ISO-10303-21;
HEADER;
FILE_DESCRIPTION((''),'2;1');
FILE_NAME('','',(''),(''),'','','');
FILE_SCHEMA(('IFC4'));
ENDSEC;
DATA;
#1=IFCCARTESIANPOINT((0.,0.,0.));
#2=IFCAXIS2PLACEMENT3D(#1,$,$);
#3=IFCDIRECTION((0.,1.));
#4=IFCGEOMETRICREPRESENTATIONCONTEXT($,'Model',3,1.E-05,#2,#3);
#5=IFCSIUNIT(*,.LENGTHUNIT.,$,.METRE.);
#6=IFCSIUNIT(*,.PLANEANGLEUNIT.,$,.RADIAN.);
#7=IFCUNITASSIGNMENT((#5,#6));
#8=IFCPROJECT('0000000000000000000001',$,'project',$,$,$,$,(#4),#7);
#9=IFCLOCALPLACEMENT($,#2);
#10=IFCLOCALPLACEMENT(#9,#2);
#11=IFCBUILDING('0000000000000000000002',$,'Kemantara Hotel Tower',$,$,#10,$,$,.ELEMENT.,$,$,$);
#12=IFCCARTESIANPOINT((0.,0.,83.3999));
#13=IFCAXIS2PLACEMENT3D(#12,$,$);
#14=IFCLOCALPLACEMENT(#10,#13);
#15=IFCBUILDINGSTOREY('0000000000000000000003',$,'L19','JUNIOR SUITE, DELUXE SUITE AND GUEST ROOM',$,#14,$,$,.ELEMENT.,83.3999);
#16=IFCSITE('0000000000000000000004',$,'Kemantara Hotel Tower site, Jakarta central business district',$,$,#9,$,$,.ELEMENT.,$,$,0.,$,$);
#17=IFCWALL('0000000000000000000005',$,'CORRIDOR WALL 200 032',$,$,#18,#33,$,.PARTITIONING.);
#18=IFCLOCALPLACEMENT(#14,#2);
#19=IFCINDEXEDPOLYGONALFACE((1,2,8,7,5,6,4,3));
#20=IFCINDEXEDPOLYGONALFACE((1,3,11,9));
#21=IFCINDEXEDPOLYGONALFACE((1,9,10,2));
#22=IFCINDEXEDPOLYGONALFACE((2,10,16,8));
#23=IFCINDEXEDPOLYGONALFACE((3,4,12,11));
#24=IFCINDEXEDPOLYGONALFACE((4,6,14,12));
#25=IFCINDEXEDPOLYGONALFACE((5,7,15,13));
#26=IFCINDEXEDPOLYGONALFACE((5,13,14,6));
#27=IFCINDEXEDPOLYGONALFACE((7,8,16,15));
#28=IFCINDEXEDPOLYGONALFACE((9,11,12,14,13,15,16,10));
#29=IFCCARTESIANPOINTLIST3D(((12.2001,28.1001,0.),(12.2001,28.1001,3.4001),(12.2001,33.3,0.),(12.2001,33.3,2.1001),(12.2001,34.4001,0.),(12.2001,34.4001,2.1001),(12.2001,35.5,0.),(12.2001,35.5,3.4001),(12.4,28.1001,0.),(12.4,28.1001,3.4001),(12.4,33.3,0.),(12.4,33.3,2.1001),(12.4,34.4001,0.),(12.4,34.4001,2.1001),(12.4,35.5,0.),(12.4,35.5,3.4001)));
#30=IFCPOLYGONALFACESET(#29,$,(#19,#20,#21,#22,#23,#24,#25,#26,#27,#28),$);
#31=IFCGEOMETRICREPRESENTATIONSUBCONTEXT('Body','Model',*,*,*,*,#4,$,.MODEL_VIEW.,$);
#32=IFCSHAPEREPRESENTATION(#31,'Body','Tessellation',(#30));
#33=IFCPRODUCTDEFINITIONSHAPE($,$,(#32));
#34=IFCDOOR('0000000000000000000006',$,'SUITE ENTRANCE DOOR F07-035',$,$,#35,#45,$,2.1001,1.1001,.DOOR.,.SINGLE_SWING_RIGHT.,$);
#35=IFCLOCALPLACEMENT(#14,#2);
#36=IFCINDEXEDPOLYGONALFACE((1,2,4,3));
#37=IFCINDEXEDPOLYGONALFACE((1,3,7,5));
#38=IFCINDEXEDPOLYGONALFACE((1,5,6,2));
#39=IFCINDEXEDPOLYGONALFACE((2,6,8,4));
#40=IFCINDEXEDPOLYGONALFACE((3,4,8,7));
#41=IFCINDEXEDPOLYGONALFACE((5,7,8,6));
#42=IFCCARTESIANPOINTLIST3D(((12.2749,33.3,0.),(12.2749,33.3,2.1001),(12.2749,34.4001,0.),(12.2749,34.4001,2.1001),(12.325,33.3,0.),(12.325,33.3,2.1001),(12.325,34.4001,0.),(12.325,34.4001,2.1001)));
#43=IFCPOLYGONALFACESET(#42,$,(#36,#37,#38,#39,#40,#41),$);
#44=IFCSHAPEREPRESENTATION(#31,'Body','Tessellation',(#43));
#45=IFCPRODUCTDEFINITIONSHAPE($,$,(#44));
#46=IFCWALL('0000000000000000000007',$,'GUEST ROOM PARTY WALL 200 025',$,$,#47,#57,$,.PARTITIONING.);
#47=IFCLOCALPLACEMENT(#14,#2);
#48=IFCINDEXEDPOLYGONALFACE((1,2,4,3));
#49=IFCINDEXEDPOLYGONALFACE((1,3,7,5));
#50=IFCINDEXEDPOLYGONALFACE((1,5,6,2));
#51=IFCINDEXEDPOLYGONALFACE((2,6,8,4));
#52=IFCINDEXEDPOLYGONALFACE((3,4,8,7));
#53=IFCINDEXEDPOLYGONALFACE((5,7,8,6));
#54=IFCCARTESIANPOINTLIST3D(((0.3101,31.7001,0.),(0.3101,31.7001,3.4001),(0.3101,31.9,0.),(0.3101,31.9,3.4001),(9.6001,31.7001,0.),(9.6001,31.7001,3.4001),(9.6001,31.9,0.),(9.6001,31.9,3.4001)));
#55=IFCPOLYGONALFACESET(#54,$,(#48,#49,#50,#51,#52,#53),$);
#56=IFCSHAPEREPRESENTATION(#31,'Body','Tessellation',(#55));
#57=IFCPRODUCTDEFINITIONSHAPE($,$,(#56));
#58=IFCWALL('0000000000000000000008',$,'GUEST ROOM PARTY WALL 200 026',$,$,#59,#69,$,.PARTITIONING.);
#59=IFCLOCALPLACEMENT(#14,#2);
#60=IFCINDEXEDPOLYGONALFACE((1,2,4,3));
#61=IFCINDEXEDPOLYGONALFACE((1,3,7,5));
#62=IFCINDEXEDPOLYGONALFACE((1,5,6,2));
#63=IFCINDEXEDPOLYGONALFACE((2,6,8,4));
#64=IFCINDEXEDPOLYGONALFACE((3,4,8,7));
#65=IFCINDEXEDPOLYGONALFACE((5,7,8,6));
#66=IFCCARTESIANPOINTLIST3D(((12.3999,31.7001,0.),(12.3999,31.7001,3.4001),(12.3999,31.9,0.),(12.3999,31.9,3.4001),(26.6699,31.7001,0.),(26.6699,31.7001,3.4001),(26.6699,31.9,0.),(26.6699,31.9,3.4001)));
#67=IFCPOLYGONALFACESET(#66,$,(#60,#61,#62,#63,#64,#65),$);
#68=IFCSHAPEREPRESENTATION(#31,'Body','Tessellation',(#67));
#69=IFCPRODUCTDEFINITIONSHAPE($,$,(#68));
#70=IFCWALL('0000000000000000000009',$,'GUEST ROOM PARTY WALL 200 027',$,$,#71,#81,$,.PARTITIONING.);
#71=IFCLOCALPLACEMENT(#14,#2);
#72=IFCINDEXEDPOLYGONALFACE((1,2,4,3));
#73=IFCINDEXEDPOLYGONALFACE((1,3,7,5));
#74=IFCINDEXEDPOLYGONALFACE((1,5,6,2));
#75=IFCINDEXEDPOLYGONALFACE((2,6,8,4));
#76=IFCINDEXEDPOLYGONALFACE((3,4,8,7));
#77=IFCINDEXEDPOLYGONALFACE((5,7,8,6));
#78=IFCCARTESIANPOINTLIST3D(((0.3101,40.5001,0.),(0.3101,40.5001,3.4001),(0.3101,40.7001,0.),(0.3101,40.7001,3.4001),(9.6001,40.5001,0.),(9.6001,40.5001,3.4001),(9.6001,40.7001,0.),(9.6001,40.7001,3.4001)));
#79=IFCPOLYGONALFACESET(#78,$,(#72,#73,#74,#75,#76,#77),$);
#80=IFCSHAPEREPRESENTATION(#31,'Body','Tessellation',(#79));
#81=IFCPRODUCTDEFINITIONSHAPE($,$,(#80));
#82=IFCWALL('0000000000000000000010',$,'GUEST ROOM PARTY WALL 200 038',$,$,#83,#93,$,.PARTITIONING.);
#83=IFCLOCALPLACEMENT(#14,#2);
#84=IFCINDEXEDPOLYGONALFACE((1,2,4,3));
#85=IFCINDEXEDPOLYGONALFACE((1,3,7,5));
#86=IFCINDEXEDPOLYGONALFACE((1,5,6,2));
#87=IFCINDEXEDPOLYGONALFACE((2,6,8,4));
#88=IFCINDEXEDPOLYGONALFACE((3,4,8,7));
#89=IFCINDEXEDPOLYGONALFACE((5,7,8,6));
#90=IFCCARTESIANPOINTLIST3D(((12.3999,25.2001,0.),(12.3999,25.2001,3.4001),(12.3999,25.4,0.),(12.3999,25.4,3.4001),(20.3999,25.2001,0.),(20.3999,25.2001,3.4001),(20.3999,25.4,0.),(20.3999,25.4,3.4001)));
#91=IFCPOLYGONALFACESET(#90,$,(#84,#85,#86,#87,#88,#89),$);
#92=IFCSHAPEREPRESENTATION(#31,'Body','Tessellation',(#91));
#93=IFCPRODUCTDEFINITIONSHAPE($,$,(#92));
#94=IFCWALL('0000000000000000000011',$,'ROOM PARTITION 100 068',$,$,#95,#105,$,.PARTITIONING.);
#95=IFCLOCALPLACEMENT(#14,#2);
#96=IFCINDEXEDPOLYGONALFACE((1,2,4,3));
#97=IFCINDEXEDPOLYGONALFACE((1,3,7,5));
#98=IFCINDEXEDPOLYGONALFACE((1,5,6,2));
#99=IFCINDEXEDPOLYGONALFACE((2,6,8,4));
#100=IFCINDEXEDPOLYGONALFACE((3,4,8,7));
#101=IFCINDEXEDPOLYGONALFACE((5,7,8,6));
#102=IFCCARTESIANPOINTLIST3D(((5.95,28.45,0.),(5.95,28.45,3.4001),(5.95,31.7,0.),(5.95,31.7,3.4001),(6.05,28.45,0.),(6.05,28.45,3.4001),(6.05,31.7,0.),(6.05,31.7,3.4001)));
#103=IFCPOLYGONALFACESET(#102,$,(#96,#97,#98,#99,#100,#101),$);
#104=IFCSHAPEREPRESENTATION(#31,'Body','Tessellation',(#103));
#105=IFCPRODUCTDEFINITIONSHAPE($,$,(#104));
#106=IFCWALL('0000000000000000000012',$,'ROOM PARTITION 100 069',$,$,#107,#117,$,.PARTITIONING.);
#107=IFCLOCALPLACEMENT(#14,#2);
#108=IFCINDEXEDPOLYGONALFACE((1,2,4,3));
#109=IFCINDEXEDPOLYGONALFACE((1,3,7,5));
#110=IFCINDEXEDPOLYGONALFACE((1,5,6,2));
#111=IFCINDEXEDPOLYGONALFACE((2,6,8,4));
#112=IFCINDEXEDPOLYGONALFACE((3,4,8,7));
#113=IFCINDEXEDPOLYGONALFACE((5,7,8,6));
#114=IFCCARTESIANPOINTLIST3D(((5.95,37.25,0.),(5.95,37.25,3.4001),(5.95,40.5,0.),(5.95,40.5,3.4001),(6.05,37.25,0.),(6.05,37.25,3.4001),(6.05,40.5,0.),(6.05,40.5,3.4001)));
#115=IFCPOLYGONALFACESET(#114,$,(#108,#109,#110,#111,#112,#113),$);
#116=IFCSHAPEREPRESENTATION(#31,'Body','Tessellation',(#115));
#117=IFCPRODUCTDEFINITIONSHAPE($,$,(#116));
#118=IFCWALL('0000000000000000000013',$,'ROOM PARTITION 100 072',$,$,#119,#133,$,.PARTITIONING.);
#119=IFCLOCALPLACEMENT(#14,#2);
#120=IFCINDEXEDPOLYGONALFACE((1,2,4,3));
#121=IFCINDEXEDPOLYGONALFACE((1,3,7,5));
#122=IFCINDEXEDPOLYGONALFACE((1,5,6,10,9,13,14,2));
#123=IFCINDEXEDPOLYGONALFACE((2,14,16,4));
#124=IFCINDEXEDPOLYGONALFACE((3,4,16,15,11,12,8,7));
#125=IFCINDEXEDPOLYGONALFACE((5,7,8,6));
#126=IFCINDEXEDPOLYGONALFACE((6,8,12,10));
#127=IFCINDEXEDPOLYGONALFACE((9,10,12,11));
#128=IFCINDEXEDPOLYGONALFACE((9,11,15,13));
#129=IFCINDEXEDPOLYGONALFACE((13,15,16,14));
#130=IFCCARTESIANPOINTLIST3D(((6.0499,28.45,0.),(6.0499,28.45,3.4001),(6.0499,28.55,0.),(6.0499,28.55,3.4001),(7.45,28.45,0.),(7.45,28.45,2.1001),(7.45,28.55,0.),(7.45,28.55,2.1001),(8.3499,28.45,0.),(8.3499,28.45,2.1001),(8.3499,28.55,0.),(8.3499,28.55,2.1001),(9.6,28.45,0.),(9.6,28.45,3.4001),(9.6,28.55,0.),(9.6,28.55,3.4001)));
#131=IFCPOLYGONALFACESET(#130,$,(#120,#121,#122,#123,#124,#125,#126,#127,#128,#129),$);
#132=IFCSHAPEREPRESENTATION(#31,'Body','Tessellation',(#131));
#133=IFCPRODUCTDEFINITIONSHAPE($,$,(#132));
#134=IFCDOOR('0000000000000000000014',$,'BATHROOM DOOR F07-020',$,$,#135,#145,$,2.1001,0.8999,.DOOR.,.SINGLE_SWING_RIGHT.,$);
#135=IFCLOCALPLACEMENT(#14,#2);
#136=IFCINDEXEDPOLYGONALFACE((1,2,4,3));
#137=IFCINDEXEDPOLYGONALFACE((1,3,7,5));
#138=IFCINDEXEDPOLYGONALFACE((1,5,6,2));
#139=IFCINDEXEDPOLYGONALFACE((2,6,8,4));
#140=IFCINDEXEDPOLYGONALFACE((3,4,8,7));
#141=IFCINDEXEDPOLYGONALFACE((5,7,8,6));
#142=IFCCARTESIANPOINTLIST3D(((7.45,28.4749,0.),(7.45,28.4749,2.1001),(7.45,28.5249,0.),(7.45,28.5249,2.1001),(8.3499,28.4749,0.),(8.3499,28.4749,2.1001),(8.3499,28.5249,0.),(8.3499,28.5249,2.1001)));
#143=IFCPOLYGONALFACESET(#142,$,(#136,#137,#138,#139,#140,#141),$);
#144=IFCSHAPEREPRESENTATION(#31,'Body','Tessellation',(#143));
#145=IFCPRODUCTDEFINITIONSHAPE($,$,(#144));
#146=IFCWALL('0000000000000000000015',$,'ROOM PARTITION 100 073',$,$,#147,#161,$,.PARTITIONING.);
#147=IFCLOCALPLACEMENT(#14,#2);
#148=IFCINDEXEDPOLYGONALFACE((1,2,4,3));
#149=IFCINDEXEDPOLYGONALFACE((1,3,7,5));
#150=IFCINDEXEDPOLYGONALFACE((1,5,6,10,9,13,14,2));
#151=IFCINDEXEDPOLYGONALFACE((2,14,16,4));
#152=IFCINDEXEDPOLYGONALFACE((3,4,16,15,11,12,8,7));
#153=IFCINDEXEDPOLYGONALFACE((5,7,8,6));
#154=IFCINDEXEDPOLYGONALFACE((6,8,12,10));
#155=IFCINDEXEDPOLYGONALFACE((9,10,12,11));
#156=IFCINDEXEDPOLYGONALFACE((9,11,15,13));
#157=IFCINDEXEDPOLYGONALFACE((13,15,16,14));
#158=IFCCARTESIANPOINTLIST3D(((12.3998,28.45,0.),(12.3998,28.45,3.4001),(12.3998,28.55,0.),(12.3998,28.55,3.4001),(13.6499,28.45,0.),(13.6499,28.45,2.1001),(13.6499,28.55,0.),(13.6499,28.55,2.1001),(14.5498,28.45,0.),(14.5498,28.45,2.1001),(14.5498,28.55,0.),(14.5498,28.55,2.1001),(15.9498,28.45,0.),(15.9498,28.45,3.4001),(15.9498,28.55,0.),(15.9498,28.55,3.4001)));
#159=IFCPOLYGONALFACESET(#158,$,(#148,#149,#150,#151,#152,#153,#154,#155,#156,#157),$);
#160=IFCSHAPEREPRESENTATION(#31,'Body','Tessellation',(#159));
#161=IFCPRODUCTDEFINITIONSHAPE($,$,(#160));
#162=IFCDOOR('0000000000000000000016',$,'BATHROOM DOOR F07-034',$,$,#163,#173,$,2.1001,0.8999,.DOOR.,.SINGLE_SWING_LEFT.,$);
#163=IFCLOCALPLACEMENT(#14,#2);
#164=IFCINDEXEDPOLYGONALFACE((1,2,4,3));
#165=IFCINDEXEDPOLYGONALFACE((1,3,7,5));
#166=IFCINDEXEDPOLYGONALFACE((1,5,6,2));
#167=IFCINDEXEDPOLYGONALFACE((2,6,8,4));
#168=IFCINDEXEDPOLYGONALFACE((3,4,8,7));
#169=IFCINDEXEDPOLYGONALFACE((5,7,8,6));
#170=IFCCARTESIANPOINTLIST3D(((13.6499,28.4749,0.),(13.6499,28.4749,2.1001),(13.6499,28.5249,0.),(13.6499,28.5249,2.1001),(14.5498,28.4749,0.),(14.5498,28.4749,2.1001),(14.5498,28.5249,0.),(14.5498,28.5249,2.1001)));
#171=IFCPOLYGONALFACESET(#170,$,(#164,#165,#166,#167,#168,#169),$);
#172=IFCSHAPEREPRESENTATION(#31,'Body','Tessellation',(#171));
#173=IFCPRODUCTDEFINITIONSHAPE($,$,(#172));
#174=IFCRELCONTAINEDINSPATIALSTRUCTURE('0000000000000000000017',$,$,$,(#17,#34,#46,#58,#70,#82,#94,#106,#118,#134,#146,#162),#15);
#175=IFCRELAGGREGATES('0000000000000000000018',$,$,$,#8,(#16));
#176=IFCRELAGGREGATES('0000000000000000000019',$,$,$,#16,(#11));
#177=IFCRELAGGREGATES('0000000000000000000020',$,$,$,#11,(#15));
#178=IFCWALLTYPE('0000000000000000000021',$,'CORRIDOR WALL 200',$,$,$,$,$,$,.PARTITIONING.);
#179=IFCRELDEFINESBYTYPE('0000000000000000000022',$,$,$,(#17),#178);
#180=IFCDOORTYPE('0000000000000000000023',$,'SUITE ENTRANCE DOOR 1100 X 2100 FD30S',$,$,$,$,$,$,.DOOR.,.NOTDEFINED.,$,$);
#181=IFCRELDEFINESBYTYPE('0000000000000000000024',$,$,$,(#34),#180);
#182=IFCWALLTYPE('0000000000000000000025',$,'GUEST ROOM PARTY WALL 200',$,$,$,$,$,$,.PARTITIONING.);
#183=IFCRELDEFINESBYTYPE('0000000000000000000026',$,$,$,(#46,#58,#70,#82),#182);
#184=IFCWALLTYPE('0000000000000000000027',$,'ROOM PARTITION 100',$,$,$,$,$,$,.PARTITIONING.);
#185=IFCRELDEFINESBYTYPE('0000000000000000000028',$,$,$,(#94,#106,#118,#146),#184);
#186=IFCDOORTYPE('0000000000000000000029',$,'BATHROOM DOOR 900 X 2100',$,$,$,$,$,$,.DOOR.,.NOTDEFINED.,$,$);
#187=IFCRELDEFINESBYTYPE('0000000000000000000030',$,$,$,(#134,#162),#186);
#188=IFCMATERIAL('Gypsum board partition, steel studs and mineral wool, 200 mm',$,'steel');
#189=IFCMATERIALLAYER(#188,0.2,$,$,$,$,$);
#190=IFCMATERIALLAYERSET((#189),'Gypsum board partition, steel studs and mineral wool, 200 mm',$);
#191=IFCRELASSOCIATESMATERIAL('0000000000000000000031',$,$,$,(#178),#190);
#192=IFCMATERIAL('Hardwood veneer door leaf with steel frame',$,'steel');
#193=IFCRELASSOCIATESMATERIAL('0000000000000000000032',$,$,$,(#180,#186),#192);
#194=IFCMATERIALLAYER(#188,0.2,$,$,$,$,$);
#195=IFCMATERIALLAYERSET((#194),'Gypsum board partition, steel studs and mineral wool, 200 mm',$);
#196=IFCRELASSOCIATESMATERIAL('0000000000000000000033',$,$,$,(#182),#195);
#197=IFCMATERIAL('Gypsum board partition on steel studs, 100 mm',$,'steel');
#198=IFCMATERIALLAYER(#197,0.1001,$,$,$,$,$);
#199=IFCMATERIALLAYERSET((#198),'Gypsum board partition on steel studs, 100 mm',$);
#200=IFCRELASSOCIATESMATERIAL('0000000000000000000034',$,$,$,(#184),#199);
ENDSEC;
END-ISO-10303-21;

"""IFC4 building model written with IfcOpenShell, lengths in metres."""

from ifc_helpers import new_model, si_unit, direction, frame, frame_2d, origin, place, context, subcontext, project, spatial, rectangle, extrude, material, layer, layer_set, type_object, element, fill, save


model = new_model("IFC4")

# Units and contexts
model_context = context("Model", 3, precision=1e-05, world=origin(), true_north=direction((0.0, 1.0)))
body_context = subcontext(model_context, "Body", "Model", "MODEL_VIEW")
ifc_project = project(units=[si_unit("LENGTHUNIT", "METRE"), si_unit("PLANEANGLEUNIT", "RADIAN")], contexts=[model_context])

# Site, building, storey
site_placement = place(None, origin())
site = spatial("IfcSite", under=ifc_project, at=site_placement, Name="Kemantara Hotel Tower site, Jakarta central business district", CompositionType="ELEMENT", RefElevation=0.0)
building_placement = place(site_placement, origin())
building = spatial("IfcBuilding", under=site, at=building_placement, Name="Kemantara Hotel Tower", CompositionType="ELEMENT")
storey_placement = place(building_placement, frame((0.0, 0.0, 83.3999)))
storey = spatial("IfcBuildingStorey", under=building, at=storey_placement, Name="L19", Description="JUNIOR SUITE, DELUXE SUITE AND GUEST ROOM", CompositionType="ELEMENT", Elevation=83.3999)

# Wall, opening, door
ifc_material_1 = material(Name="Gypsum board partition, steel studs and mineral wool, 200 mm", Category="steel")
ifc_layer_1 = layer(ifc_material_1, 0.2)
ifc_layer_set_1 = layer_set([ifc_layer_1], Name="Gypsum board partition, steel studs and mineral wool, 200 mm")
wall_type_1 = type_object("IfcWallType", Name="CORRIDOR WALL 200", PredefinedType="PARTITIONING", material=ifc_layer_set_1)
ifc_material_2 = material(Name="Hardwood veneer door leaf with steel frame", Category="steel")
door_type_1 = type_object("IfcDoorType", Name="SUITE ENTRANCE DOOR 1100 X 2100 FD30S", OperationType="NOTDEFINED", PredefinedType="DOOR", material=ifc_material_2)
wall_1_placement = place(storey_placement, frame((12.3, 35.5, 0.0), z_axis=(0.0, 0.0, 1.0), x_axis=(0.0, -1.0, 0.0)))
wall_1 = element("IfcWall", 1, at=wall_1_placement, inside=storey, type_object=wall_type_1, Name="CORRIDOR WALL 200 032", PredefinedType="PARTITIONING", context=body_context, shape_type="SweptSolid", body=[
    extrude(rectangle(XDim=7.3999, YDim=0.2, at=frame_2d((3.7, 0.0))), origin(), (0.0, 0.0, 1.0), 3.4001),
])
opening_1_placement = place(wall_1_placement, frame((1.0999, 0.0, 0.0)))
opening_1 = element("IfcOpeningElement", 2, at=opening_1_placement, cuts=wall_1, PredefinedType="OPENING", context=body_context, shape_type="SweptSolid", body=[
    extrude(rectangle(XDim=1.1001, YDim=2.1001, at=frame_2d((0.55, 1.05))), frame((0.0, 0.1099, 0.0), z_axis=(0.0, -1.0, 0.0), x_axis=(1.0, 0.0, 0.0)), (0.0, 0.0, 1.0), 0.22),
])
door_1_placement = place(opening_1_placement, origin())
door_1 = element("IfcDoor", 3, at=door_1_placement, inside=storey, type_object=door_type_1, Name="SUITE ENTRANCE DOOR F07-035", OperationType="SINGLE_SWING_RIGHT", OverallHeight=2.1001, OverallWidth=1.1001, PredefinedType="DOOR", context=body_context, shape_type="SweptSolid", body=[
    extrude(rectangle(XDim=1.1001, YDim=2.1001, at=frame_2d((0.55, 1.05))), frame((0.0, 0.0249, 0.0), z_axis=(0.0, -1.0, 0.0), x_axis=(1.0, 0.0, 0.0)), (0.0, 0.0, 1.0), 0.05),
])
fill(opening_1, door_1)

# Walls
ifc_layer_2 = layer(ifc_material_1, 0.2)
ifc_layer_set_2 = layer_set([ifc_layer_2], Name="Gypsum board partition, steel studs and mineral wool, 200 mm")
wall_type_2 = type_object("IfcWallType", Name="GUEST ROOM PARTY WALL 200", PredefinedType="PARTITIONING", material=ifc_layer_set_2)
wall_2_placement = place(storey_placement, frame((0.3101, 31.8, 0.0), z_axis=(0.0, 0.0, 1.0), x_axis=(1.0, 0.0, 0.0)))
element("IfcWall", 4, at=wall_2_placement, inside=storey, type_object=wall_type_2, Name="GUEST ROOM PARTY WALL 200 025", PredefinedType="PARTITIONING", context=body_context, shape_type="SweptSolid", body=[
    extrude(rectangle(XDim=9.29, YDim=0.2, at=frame_2d((4.645, 0.0))), origin(), (0.0, 0.0, 1.0), 3.4001),
])
wall_3_placement = place(storey_placement, frame((12.3999, 31.8, 0.0), z_axis=(0.0, 0.0, 1.0), x_axis=(1.0, 0.0, 0.0)))
element("IfcWall", 5, at=wall_3_placement, inside=storey, type_object=wall_type_2, Name="GUEST ROOM PARTY WALL 200 026", PredefinedType="PARTITIONING", context=body_context, shape_type="SweptSolid", body=[
    extrude(rectangle(XDim=14.27, YDim=0.2, at=frame_2d((7.135, 0.0))), origin(), (0.0, 0.0, 1.0), 3.4001),
])
wall_4_placement = place(storey_placement, frame((0.3101, 40.6001, 0.0), z_axis=(0.0, 0.0, 1.0), x_axis=(1.0, 0.0, 0.0)))
element("IfcWall", 6, at=wall_4_placement, inside=storey, type_object=wall_type_2, Name="GUEST ROOM PARTY WALL 200 027", PredefinedType="PARTITIONING", context=body_context, shape_type="SweptSolid", body=[
    extrude(rectangle(XDim=9.29, YDim=0.2, at=frame_2d((4.645, 0.0))), origin(), (0.0, 0.0, 1.0), 3.4001),
])
wall_5_placement = place(storey_placement, frame((12.3999, 25.3, 0.0), z_axis=(0.0, 0.0, 1.0), x_axis=(1.0, 0.0, 0.0)))
element("IfcWall", 7, at=wall_5_placement, inside=storey, type_object=wall_type_2, Name="GUEST ROOM PARTY WALL 200 038", PredefinedType="PARTITIONING", context=body_context, shape_type="SweptSolid", body=[
    extrude(rectangle(XDim=8.0, YDim=0.2, at=frame_2d((4.0, 0.0))), origin(), (0.0, 0.0, 1.0), 3.4001),
])
ifc_material_3 = material(Name="Gypsum board partition on steel studs, 100 mm", Category="steel")
ifc_layer_3 = layer(ifc_material_3, 0.1001)
ifc_layer_set_3 = layer_set([ifc_layer_3], Name="Gypsum board partition on steel studs, 100 mm")
wall_type_3 = type_object("IfcWallType", Name="ROOM PARTITION 100", PredefinedType="PARTITIONING", material=ifc_layer_set_3)
for number, where, z_axis, x_axis, name in (
    (8, (6.0, 28.45, 0.0), (0.0, 0.0, 1.0), (0.0, 1.0, 0.0), "ROOM PARTITION 100 068"),
    (9, (6.0, 37.25, 0.0), (0.0, 0.0, 1.0), (0.0, 1.0, 0.0), "ROOM PARTITION 100 069"),
):
    element("IfcWall", number, at=place(storey_placement, frame(where, z_axis=z_axis, x_axis=x_axis)), inside=storey, type_object=wall_type_3, Name=name, PredefinedType="PARTITIONING", context=body_context, shape_type="SweptSolid", body=[
        extrude(rectangle(XDim=3.25, YDim=0.1001, at=frame_2d((1.625, 0.0))), origin(), (0.0, 0.0, 1.0), 3.4001),
    ])

# Walls, openings, doors
wall_6_placement = place(storey_placement, frame((6.05, 28.5, 0.0), z_axis=(0.0, 0.0, 1.0), x_axis=(1.0, 0.0, 0.0)))
wall_6 = element("IfcWall", 10, at=wall_6_placement, inside=storey, type_object=wall_type_3, Name="ROOM PARTITION 100 072", PredefinedType="PARTITIONING", context=body_context, shape_type="SweptSolid", body=[
    extrude(rectangle(XDim=3.55, YDim=0.1001, at=frame_2d((1.7749, 0.0))), origin(), (0.0, 0.0, 1.0), 3.4001),
])
opening_2_placement = place(wall_6_placement, frame((1.3999, 0.0, 0.0)))
opening_2 = element("IfcOpeningElement", 11, at=opening_2_placement, cuts=wall_6, PredefinedType="OPENING", context=body_context, shape_type="SweptSolid", body=[
    extrude(rectangle(XDim=0.8999, YDim=2.1001, at=frame_2d((0.45, 1.05))), frame((0.0, 0.0601, 0.0), z_axis=(0.0, -1.0, 0.0), x_axis=(1.0, 0.0, 0.0)), (0.0, 0.0, 1.0), 0.1201),
])
door_type_2 = type_object("IfcDoorType", Name="BATHROOM DOOR 900 X 2100", OperationType="NOTDEFINED", PredefinedType="DOOR", material=ifc_material_2)
door_2_placement = place(opening_2_placement, origin())
door_2 = element("IfcDoor", 12, at=door_2_placement, inside=storey, type_object=door_type_2, Name="BATHROOM DOOR F07-020", OperationType="SINGLE_SWING_RIGHT", OverallHeight=2.1001, OverallWidth=0.8999, PredefinedType="DOOR", context=body_context, shape_type="SweptSolid", body=[
    extrude(rectangle(XDim=0.8999, YDim=2.1001, at=frame_2d((0.45, 1.05))), frame((0.0, 0.0249, 0.0), z_axis=(0.0, -1.0, 0.0), x_axis=(1.0, 0.0, 0.0)), (0.0, 0.0, 1.0), 0.05),
])
fill(opening_2, door_2)
wall_7_placement = place(storey_placement, frame((12.3999, 28.5, 0.0), z_axis=(0.0, 0.0, 1.0), x_axis=(1.0, 0.0, 0.0)))
wall_7 = element("IfcWall", 13, at=wall_7_placement, inside=storey, type_object=wall_type_3, Name="ROOM PARTITION 100 073", PredefinedType="PARTITIONING", context=body_context, shape_type="SweptSolid", body=[
    extrude(rectangle(XDim=3.55, YDim=0.1001, at=frame_2d((1.7749, 0.0))), origin(), (0.0, 0.0, 1.0), 3.4001),
])
opening_3_placement = place(wall_7_placement, frame((1.25, 0.0, 0.0)))
opening_3 = element("IfcOpeningElement", 14, at=opening_3_placement, cuts=wall_7, PredefinedType="OPENING", context=body_context, shape_type="SweptSolid", body=[
    extrude(rectangle(XDim=0.8999, YDim=2.1001, at=frame_2d((0.45, 1.05))), frame((0.0, 0.0601, 0.0), z_axis=(0.0, -1.0, 0.0), x_axis=(1.0, 0.0, 0.0)), (0.0, 0.0, 1.0), 0.1201),
])
door_3_placement = place(opening_3_placement, origin())
door_3 = element("IfcDoor", 15, at=door_3_placement, inside=storey, type_object=door_type_2, Name="BATHROOM DOOR F07-034", OperationType="SINGLE_SWING_LEFT", OverallHeight=2.1001, OverallWidth=0.8999, PredefinedType="DOOR", context=body_context, shape_type="SweptSolid", body=[
    extrude(rectangle(XDim=0.8999, YDim=2.1001, at=frame_2d((0.45, 1.05))), frame((0.0, 0.0249, 0.0), z_axis=(0.0, -1.0, 0.0), x_axis=(1.0, 0.0, 0.0)), (0.0, 0.0, 1.0), 0.05),
])
fill(opening_3, door_3)

save(model, "model.ifc")
